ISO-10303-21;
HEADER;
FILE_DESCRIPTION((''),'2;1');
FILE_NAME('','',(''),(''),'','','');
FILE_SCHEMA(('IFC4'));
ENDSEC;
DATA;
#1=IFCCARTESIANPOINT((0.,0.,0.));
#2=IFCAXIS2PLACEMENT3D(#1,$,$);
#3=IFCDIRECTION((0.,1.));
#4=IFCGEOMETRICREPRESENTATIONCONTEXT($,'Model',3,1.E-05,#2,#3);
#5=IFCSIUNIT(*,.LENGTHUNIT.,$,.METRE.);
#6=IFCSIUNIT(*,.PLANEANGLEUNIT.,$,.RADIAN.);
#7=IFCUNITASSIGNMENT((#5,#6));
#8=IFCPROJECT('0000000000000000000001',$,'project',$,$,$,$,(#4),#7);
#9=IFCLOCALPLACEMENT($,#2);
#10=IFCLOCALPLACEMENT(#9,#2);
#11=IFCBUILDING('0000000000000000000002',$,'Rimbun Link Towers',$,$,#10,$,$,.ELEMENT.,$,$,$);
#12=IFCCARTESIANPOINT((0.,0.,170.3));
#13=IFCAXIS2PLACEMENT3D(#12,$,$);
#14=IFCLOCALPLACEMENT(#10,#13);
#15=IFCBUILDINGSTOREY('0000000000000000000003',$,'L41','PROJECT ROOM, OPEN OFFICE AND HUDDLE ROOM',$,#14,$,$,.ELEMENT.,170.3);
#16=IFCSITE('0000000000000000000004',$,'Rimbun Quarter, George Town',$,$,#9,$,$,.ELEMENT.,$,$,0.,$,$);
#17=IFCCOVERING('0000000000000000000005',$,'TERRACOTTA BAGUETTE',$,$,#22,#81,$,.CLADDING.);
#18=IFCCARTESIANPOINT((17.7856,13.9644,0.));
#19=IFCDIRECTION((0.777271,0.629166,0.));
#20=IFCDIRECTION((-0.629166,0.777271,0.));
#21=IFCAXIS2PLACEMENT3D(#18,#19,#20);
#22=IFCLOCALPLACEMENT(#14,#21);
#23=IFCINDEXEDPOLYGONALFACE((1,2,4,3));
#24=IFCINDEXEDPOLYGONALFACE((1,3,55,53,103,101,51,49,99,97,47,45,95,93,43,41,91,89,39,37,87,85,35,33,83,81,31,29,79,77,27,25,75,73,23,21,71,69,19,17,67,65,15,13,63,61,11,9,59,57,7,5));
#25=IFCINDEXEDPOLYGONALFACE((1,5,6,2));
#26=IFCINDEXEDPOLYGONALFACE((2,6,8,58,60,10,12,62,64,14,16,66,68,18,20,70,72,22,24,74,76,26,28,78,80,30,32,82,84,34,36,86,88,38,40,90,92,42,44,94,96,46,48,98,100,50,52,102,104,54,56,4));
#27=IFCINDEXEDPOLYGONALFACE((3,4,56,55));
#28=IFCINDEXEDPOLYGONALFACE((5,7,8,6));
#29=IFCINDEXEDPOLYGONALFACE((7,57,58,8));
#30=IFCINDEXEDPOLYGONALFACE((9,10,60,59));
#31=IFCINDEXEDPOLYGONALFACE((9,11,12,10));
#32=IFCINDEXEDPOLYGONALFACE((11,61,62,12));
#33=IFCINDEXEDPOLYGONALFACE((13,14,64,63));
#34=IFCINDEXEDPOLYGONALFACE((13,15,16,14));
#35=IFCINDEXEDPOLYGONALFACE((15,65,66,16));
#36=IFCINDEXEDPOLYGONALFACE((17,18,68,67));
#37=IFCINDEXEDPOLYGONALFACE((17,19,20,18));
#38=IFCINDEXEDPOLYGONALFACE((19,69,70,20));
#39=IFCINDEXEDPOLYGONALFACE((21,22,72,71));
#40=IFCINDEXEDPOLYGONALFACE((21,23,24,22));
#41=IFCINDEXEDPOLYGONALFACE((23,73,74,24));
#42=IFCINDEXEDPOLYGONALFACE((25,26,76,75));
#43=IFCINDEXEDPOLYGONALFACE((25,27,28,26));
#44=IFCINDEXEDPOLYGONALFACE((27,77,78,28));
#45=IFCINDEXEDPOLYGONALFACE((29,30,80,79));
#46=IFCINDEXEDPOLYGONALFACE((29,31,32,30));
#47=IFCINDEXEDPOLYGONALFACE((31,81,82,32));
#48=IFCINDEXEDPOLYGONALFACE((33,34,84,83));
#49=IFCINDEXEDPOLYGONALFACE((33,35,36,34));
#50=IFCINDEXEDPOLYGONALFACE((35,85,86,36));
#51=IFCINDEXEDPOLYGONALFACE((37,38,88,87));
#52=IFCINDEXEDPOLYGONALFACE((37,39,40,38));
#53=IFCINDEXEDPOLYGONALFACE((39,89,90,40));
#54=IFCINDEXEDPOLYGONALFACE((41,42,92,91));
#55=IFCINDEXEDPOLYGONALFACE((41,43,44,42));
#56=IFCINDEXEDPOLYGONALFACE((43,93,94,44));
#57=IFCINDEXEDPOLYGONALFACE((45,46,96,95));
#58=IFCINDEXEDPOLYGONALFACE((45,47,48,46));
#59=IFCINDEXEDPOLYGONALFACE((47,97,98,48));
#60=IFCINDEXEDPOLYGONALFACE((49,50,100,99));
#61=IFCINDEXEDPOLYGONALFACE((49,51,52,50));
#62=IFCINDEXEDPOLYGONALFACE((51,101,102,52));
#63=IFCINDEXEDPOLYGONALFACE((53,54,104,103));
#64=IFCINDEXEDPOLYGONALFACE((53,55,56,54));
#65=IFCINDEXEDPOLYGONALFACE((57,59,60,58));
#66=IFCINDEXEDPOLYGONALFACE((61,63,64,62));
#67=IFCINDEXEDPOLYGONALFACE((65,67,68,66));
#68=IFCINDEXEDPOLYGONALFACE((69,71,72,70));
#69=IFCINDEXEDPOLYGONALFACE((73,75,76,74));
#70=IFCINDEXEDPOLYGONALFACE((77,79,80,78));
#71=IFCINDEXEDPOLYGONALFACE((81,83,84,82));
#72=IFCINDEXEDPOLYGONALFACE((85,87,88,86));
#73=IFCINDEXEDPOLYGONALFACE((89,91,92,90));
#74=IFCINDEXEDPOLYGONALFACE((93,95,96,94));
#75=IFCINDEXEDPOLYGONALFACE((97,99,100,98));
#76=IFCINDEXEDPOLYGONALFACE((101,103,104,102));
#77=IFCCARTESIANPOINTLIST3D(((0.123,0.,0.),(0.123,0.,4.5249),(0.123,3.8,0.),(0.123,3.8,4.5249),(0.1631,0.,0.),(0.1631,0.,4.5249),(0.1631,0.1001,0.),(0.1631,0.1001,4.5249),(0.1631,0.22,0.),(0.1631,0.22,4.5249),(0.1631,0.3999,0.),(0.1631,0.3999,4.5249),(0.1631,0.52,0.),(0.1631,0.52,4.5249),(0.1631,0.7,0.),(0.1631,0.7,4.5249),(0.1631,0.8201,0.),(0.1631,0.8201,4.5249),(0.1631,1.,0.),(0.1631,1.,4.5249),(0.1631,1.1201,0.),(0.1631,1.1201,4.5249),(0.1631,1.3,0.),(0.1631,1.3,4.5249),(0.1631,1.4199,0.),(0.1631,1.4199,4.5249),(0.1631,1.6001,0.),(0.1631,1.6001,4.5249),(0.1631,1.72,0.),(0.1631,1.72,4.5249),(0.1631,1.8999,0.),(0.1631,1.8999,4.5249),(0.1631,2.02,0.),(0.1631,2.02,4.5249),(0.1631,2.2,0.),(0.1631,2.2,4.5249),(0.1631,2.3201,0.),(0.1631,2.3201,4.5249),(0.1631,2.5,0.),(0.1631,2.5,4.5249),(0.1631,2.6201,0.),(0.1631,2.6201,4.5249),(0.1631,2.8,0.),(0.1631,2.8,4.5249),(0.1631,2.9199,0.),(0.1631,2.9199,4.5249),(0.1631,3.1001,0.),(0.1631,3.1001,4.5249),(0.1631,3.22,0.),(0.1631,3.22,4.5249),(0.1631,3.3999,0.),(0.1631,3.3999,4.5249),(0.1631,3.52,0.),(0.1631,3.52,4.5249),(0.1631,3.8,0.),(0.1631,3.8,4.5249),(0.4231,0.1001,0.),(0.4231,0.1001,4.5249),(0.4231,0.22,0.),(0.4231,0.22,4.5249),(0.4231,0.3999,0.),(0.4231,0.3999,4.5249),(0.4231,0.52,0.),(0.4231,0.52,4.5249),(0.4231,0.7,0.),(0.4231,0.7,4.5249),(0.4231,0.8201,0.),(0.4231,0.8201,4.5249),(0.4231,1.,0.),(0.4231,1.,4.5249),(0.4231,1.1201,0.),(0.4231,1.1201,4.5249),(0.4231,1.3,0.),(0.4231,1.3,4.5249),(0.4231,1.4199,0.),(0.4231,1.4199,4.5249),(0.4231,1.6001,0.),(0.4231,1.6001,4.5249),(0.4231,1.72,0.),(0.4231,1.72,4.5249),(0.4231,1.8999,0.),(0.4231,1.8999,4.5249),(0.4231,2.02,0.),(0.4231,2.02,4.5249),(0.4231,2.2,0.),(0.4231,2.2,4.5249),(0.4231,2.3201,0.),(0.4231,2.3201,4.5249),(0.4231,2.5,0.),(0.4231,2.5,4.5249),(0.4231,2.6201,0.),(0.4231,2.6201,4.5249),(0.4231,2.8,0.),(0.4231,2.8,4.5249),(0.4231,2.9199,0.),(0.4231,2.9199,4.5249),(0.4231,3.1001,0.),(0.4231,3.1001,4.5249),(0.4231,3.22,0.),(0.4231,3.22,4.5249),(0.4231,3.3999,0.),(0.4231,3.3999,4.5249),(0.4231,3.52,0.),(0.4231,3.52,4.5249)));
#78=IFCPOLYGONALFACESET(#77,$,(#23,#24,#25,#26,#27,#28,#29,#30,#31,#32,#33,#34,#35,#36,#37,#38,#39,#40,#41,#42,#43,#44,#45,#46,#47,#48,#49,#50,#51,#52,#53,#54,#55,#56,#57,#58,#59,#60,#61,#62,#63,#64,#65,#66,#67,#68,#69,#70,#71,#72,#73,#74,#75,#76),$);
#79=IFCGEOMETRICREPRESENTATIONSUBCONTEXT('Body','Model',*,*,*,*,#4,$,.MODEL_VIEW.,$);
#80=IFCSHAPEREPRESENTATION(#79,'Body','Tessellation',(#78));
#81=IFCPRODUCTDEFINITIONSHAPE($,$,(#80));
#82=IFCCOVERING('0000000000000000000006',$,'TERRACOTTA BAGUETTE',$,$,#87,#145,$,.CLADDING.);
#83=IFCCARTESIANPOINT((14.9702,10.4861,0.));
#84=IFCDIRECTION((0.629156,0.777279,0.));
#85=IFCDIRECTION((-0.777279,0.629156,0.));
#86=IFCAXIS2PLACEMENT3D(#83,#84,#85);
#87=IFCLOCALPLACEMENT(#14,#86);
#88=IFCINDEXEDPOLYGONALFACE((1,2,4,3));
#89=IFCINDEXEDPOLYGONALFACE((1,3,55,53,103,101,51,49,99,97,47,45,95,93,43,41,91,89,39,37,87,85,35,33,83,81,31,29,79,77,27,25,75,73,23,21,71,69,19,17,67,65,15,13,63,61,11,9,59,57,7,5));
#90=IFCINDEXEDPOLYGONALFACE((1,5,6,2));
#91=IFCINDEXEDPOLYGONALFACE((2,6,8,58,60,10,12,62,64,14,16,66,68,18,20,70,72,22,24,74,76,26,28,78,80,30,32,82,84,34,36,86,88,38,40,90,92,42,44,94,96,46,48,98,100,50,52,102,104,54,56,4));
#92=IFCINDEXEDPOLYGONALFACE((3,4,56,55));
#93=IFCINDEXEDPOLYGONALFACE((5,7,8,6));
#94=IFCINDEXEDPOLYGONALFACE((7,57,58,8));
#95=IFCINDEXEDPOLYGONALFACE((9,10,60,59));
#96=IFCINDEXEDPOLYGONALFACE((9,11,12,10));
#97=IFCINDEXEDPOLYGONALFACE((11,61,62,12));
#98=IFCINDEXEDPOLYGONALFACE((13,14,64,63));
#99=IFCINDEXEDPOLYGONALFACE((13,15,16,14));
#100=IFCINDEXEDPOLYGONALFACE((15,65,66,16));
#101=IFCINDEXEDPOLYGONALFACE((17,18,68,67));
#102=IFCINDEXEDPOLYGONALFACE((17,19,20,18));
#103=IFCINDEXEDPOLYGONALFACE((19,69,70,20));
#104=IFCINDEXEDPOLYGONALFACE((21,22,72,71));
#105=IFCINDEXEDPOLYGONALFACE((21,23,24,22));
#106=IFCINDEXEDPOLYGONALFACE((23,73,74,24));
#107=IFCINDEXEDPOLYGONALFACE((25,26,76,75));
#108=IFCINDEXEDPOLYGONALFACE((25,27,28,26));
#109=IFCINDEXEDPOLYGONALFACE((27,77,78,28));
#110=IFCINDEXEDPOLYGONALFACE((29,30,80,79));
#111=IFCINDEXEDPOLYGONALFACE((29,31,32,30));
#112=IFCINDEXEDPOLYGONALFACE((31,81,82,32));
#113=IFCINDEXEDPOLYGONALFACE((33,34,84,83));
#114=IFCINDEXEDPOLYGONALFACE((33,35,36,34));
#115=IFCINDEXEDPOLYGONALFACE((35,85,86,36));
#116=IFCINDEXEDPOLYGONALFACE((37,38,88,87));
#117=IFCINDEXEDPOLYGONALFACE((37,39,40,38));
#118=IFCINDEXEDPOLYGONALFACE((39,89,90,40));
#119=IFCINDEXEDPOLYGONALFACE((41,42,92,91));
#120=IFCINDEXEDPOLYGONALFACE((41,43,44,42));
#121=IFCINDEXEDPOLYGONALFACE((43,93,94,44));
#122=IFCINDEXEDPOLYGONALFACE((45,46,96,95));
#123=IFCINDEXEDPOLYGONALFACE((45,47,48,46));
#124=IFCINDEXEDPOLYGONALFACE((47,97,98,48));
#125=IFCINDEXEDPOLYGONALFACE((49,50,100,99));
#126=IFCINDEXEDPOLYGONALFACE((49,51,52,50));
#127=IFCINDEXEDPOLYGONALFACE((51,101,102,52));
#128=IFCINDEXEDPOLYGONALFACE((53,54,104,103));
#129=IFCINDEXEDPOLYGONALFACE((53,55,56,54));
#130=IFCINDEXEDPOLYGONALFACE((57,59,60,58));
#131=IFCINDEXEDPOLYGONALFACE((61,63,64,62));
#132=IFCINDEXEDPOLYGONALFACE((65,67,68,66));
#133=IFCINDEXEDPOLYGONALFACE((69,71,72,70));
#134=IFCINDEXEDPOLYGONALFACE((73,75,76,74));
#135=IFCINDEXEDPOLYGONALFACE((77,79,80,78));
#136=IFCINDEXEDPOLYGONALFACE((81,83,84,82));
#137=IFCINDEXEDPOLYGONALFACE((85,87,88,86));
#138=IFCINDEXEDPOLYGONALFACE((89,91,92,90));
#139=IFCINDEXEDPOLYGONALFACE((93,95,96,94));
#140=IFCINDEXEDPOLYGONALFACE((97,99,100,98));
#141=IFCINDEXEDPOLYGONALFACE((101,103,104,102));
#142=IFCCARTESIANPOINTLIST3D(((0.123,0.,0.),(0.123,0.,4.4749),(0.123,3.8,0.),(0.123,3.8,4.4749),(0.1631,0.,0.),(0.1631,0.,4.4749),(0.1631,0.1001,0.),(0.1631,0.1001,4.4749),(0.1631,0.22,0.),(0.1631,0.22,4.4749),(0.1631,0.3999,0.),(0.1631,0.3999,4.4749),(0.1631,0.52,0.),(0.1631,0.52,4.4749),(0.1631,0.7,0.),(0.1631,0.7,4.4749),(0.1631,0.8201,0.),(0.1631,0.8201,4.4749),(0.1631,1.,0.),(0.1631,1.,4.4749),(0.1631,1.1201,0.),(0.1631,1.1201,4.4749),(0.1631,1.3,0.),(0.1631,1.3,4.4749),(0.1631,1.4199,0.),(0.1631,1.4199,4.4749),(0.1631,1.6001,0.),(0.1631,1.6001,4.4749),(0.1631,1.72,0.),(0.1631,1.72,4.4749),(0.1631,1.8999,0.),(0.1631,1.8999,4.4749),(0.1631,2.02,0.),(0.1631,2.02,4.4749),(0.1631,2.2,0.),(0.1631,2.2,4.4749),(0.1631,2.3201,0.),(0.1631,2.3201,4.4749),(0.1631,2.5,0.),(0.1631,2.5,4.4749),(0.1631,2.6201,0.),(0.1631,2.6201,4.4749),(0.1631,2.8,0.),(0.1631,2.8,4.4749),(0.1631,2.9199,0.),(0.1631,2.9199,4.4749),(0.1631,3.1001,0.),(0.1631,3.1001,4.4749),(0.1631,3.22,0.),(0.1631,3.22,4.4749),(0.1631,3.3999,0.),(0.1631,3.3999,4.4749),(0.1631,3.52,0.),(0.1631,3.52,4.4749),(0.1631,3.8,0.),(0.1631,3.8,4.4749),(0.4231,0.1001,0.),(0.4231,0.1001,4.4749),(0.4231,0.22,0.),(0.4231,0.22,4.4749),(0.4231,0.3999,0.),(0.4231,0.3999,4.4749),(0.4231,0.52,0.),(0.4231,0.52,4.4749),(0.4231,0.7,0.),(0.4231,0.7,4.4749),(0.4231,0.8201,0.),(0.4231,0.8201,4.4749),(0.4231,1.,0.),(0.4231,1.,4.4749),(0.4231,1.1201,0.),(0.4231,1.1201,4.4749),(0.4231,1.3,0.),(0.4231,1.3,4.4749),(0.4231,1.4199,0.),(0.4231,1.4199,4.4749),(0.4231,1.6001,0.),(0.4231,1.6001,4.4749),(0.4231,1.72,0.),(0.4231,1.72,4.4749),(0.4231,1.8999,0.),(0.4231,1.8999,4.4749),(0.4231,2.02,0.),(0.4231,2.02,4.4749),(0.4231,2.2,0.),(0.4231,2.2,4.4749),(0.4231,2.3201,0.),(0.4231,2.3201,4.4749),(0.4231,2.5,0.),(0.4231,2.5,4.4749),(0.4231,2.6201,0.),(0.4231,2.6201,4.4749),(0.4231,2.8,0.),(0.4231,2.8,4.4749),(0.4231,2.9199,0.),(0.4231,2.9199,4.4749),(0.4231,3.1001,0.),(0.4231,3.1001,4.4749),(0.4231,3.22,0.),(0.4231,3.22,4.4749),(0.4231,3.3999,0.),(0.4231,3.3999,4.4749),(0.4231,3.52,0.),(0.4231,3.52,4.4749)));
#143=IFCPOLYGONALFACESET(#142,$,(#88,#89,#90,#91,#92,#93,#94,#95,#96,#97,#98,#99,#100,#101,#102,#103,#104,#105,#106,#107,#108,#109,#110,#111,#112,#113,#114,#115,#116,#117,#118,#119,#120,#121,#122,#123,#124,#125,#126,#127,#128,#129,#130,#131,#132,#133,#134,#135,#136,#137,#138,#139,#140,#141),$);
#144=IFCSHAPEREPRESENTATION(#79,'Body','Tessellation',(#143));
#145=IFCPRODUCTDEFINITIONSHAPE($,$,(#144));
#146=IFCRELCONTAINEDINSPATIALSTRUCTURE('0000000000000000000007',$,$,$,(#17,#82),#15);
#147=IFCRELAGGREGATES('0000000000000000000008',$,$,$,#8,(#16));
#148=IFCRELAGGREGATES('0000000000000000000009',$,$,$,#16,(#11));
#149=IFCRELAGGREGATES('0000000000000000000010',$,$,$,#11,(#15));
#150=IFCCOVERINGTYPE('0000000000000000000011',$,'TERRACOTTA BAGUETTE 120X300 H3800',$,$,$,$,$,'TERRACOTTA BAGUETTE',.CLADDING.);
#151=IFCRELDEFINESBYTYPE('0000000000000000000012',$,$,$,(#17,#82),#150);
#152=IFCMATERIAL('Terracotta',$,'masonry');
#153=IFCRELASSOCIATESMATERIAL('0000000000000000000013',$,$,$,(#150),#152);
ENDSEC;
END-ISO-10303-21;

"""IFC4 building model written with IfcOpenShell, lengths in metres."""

from ifc_helpers import new_model, si_unit, direction, frame, origin, place, context, subcontext, project, spatial, polyline, outline, extrude, material, material_profile, profile_set, type_object, element, save


model = new_model("IFC4")

# Units and contexts
model_context = context("Model", 3, precision=1e-05, world=origin(), true_north=direction((0.0, 1.0)))
body_context = subcontext(model_context, "Body", "Model", "MODEL_VIEW")
ifc_project = project(units=[si_unit("LENGTHUNIT", "METRE"), si_unit("PLANEANGLEUNIT", "RADIAN")], contexts=[model_context])

# Site, building, storey
site_placement = place(None, origin())
site = spatial("IfcSite", under=ifc_project, at=site_placement, Name="Rimbun Quarter, George Town", CompositionType="ELEMENT", RefElevation=0.0)
building_placement = place(site_placement, origin())
building = spatial("IfcBuilding", under=site, at=building_placement, Name="Rimbun Link Towers", CompositionType="ELEMENT")
storey_placement = place(building_placement, frame((0.0, 0.0, 170.3)))
storey = spatial("IfcBuildingStorey", under=building, at=storey_placement, Name="L41", Description="PROJECT ROOM, OPEN OFFICE AND HUDDLE ROOM", CompositionType="ELEMENT", Elevation=170.3)

# Coverings
ifc_material_1 = material(Name="Terracotta", Category="masonry")
ifc_material_profile_1 = material_profile(ifc_material_1, outline(polyline([(0.123, 0.0), (0.1631, 0.0), (0.1631, 0.1001), (0.4231, 0.1001), (0.4231, 0.22), (0.1631, 0.22), (0.1631, 0.3999), (0.4231, 0.3999), (0.4231, 0.52), (0.1631, 0.52), (0.1631, 0.7), (0.4231, 0.7), (0.4231, 0.8201), (0.1631, 0.8201), (0.1631, 1.0), (0.4231, 1.0), (0.4231, 1.1201), (0.1631, 1.1201), (0.1631, 1.3), (0.4231, 1.3), (0.4231, 1.4199), (0.1631, 1.4199), (0.1631, 1.6001), (0.4231, 1.6001), (0.4231, 1.72), (0.1631, 1.72), (0.1631, 1.8999), (0.4231, 1.8999), (0.4231, 2.02), (0.1631, 2.02), (0.1631, 2.2), (0.4231, 2.2), (0.4231, 2.3201), (0.1631, 2.3201), (0.1631, 2.5), (0.4231, 2.5), (0.4231, 2.6201), (0.1631, 2.6201), (0.1631, 2.8), (0.4231, 2.8), (0.4231, 2.9199), (0.1631, 2.9199), (0.1631, 3.1001), (0.4231, 3.1001), (0.4231, 3.22), (0.1631, 3.22), (0.1631, 3.3999), (0.4231, 3.3999), (0.4231, 3.52), (0.1631, 3.52), (0.1631, 3.8), (0.123, 3.8), (0.123, 0.0)])), Name="BAGUETTE 120X300")
ifc_profile_set_1 = profile_set([ifc_material_profile_1], Name="Terracotta")
covering_type = type_object("IfcCoveringType", Name="TERRACOTTA BAGUETTE 120X300 H3800", ElementType="TERRACOTTA BAGUETTE", PredefinedType="CLADDING", material=ifc_profile_set_1)
covering_1_placement = place(storey_placement, frame((17.7856, 13.9644, 0.0), z_axis=(0.777271, 0.629166, 0.0), x_axis=(-0.629166, 0.777271, 0.0)))
element("IfcCovering", 1, at=covering_1_placement, inside=storey, type_object=covering_type, Name="TERRACOTTA BAGUETTE", PredefinedType="CLADDING", context=body_context, shape_type="SweptSolid", body=[
    extrude(outline(polyline([(0.123, 0.0), (0.1631, 0.0), (0.1631, 0.1001), (0.4231, 0.1001), (0.4231, 0.22), (0.1631, 0.22), (0.1631, 0.3999), (0.4231, 0.3999), (0.4231, 0.52), (0.1631, 0.52), (0.1631, 0.7), (0.4231, 0.7), (0.4231, 0.8201), (0.1631, 0.8201), (0.1631, 1.0), (0.4231, 1.0), (0.4231, 1.1201), (0.1631, 1.1201), (0.1631, 1.3), (0.4231, 1.3), (0.4231, 1.4199), (0.1631, 1.4199), (0.1631, 1.6001), (0.4231, 1.6001), (0.4231, 1.72), (0.1631, 1.72), (0.1631, 1.8999), (0.4231, 1.8999), (0.4231, 2.02), (0.1631, 2.02), (0.1631, 2.2), (0.4231, 2.2), (0.4231, 2.3201), (0.1631, 2.3201), (0.1631, 2.5), (0.4231, 2.5), (0.4231, 2.6201), (0.1631, 2.6201), (0.1631, 2.8), (0.4231, 2.8), (0.4231, 2.9199), (0.1631, 2.9199), (0.1631, 3.1001), (0.4231, 3.1001), (0.4231, 3.22), (0.1631, 3.22), (0.1631, 3.3999), (0.4231, 3.3999), (0.4231, 3.52), (0.1631, 3.52), (0.1631, 3.8), (0.123, 3.8), (0.123, 0.0)])), origin(), (0.0, 0.0, 1.0), 4.5249),
])
covering_2_placement = place(storey_placement, frame((14.9702, 10.4861, 0.0), z_axis=(0.629156, 0.777279, 0.0), x_axis=(-0.777279, 0.629156, 0.0)))
element("IfcCovering", 2, at=covering_2_placement, inside=storey, type_object=covering_type, Name="TERRACOTTA BAGUETTE", PredefinedType="CLADDING", context=body_context, shape_type="SweptSolid", body=[
    extrude(outline(polyline([(0.123, 0.0), (0.1631, 0.0), (0.1631, 0.1001), (0.4231, 0.1001), (0.4231, 0.22), (0.1631, 0.22), (0.1631, 0.3999), (0.4231, 0.3999), (0.4231, 0.52), (0.1631, 0.52), (0.1631, 0.7), (0.4231, 0.7), (0.4231, 0.8201), (0.1631, 0.8201), (0.1631, 1.0), (0.4231, 1.0), (0.4231, 1.1201), (0.1631, 1.1201), (0.1631, 1.3), (0.4231, 1.3), (0.4231, 1.4199), (0.1631, 1.4199), (0.1631, 1.6001), (0.4231, 1.6001), (0.4231, 1.72), (0.1631, 1.72), (0.1631, 1.8999), (0.4231, 1.8999), (0.4231, 2.02), (0.1631, 2.02), (0.1631, 2.2), (0.4231, 2.2), (0.4231, 2.3201), (0.1631, 2.3201), (0.1631, 2.5), (0.4231, 2.5), (0.4231, 2.6201), (0.1631, 2.6201), (0.1631, 2.8), (0.4231, 2.8), (0.4231, 2.9199), (0.1631, 2.9199), (0.1631, 3.1001), (0.4231, 3.1001), (0.4231, 3.22), (0.1631, 3.22), (0.1631, 3.3999), (0.4231, 3.3999), (0.4231, 3.52), (0.1631, 3.52), (0.1631, 3.8), (0.123, 3.8), (0.123, 0.0)])), origin(), (0.0, 0.0, 1.0), 4.4749),
])

save(model, "model.ifc")
